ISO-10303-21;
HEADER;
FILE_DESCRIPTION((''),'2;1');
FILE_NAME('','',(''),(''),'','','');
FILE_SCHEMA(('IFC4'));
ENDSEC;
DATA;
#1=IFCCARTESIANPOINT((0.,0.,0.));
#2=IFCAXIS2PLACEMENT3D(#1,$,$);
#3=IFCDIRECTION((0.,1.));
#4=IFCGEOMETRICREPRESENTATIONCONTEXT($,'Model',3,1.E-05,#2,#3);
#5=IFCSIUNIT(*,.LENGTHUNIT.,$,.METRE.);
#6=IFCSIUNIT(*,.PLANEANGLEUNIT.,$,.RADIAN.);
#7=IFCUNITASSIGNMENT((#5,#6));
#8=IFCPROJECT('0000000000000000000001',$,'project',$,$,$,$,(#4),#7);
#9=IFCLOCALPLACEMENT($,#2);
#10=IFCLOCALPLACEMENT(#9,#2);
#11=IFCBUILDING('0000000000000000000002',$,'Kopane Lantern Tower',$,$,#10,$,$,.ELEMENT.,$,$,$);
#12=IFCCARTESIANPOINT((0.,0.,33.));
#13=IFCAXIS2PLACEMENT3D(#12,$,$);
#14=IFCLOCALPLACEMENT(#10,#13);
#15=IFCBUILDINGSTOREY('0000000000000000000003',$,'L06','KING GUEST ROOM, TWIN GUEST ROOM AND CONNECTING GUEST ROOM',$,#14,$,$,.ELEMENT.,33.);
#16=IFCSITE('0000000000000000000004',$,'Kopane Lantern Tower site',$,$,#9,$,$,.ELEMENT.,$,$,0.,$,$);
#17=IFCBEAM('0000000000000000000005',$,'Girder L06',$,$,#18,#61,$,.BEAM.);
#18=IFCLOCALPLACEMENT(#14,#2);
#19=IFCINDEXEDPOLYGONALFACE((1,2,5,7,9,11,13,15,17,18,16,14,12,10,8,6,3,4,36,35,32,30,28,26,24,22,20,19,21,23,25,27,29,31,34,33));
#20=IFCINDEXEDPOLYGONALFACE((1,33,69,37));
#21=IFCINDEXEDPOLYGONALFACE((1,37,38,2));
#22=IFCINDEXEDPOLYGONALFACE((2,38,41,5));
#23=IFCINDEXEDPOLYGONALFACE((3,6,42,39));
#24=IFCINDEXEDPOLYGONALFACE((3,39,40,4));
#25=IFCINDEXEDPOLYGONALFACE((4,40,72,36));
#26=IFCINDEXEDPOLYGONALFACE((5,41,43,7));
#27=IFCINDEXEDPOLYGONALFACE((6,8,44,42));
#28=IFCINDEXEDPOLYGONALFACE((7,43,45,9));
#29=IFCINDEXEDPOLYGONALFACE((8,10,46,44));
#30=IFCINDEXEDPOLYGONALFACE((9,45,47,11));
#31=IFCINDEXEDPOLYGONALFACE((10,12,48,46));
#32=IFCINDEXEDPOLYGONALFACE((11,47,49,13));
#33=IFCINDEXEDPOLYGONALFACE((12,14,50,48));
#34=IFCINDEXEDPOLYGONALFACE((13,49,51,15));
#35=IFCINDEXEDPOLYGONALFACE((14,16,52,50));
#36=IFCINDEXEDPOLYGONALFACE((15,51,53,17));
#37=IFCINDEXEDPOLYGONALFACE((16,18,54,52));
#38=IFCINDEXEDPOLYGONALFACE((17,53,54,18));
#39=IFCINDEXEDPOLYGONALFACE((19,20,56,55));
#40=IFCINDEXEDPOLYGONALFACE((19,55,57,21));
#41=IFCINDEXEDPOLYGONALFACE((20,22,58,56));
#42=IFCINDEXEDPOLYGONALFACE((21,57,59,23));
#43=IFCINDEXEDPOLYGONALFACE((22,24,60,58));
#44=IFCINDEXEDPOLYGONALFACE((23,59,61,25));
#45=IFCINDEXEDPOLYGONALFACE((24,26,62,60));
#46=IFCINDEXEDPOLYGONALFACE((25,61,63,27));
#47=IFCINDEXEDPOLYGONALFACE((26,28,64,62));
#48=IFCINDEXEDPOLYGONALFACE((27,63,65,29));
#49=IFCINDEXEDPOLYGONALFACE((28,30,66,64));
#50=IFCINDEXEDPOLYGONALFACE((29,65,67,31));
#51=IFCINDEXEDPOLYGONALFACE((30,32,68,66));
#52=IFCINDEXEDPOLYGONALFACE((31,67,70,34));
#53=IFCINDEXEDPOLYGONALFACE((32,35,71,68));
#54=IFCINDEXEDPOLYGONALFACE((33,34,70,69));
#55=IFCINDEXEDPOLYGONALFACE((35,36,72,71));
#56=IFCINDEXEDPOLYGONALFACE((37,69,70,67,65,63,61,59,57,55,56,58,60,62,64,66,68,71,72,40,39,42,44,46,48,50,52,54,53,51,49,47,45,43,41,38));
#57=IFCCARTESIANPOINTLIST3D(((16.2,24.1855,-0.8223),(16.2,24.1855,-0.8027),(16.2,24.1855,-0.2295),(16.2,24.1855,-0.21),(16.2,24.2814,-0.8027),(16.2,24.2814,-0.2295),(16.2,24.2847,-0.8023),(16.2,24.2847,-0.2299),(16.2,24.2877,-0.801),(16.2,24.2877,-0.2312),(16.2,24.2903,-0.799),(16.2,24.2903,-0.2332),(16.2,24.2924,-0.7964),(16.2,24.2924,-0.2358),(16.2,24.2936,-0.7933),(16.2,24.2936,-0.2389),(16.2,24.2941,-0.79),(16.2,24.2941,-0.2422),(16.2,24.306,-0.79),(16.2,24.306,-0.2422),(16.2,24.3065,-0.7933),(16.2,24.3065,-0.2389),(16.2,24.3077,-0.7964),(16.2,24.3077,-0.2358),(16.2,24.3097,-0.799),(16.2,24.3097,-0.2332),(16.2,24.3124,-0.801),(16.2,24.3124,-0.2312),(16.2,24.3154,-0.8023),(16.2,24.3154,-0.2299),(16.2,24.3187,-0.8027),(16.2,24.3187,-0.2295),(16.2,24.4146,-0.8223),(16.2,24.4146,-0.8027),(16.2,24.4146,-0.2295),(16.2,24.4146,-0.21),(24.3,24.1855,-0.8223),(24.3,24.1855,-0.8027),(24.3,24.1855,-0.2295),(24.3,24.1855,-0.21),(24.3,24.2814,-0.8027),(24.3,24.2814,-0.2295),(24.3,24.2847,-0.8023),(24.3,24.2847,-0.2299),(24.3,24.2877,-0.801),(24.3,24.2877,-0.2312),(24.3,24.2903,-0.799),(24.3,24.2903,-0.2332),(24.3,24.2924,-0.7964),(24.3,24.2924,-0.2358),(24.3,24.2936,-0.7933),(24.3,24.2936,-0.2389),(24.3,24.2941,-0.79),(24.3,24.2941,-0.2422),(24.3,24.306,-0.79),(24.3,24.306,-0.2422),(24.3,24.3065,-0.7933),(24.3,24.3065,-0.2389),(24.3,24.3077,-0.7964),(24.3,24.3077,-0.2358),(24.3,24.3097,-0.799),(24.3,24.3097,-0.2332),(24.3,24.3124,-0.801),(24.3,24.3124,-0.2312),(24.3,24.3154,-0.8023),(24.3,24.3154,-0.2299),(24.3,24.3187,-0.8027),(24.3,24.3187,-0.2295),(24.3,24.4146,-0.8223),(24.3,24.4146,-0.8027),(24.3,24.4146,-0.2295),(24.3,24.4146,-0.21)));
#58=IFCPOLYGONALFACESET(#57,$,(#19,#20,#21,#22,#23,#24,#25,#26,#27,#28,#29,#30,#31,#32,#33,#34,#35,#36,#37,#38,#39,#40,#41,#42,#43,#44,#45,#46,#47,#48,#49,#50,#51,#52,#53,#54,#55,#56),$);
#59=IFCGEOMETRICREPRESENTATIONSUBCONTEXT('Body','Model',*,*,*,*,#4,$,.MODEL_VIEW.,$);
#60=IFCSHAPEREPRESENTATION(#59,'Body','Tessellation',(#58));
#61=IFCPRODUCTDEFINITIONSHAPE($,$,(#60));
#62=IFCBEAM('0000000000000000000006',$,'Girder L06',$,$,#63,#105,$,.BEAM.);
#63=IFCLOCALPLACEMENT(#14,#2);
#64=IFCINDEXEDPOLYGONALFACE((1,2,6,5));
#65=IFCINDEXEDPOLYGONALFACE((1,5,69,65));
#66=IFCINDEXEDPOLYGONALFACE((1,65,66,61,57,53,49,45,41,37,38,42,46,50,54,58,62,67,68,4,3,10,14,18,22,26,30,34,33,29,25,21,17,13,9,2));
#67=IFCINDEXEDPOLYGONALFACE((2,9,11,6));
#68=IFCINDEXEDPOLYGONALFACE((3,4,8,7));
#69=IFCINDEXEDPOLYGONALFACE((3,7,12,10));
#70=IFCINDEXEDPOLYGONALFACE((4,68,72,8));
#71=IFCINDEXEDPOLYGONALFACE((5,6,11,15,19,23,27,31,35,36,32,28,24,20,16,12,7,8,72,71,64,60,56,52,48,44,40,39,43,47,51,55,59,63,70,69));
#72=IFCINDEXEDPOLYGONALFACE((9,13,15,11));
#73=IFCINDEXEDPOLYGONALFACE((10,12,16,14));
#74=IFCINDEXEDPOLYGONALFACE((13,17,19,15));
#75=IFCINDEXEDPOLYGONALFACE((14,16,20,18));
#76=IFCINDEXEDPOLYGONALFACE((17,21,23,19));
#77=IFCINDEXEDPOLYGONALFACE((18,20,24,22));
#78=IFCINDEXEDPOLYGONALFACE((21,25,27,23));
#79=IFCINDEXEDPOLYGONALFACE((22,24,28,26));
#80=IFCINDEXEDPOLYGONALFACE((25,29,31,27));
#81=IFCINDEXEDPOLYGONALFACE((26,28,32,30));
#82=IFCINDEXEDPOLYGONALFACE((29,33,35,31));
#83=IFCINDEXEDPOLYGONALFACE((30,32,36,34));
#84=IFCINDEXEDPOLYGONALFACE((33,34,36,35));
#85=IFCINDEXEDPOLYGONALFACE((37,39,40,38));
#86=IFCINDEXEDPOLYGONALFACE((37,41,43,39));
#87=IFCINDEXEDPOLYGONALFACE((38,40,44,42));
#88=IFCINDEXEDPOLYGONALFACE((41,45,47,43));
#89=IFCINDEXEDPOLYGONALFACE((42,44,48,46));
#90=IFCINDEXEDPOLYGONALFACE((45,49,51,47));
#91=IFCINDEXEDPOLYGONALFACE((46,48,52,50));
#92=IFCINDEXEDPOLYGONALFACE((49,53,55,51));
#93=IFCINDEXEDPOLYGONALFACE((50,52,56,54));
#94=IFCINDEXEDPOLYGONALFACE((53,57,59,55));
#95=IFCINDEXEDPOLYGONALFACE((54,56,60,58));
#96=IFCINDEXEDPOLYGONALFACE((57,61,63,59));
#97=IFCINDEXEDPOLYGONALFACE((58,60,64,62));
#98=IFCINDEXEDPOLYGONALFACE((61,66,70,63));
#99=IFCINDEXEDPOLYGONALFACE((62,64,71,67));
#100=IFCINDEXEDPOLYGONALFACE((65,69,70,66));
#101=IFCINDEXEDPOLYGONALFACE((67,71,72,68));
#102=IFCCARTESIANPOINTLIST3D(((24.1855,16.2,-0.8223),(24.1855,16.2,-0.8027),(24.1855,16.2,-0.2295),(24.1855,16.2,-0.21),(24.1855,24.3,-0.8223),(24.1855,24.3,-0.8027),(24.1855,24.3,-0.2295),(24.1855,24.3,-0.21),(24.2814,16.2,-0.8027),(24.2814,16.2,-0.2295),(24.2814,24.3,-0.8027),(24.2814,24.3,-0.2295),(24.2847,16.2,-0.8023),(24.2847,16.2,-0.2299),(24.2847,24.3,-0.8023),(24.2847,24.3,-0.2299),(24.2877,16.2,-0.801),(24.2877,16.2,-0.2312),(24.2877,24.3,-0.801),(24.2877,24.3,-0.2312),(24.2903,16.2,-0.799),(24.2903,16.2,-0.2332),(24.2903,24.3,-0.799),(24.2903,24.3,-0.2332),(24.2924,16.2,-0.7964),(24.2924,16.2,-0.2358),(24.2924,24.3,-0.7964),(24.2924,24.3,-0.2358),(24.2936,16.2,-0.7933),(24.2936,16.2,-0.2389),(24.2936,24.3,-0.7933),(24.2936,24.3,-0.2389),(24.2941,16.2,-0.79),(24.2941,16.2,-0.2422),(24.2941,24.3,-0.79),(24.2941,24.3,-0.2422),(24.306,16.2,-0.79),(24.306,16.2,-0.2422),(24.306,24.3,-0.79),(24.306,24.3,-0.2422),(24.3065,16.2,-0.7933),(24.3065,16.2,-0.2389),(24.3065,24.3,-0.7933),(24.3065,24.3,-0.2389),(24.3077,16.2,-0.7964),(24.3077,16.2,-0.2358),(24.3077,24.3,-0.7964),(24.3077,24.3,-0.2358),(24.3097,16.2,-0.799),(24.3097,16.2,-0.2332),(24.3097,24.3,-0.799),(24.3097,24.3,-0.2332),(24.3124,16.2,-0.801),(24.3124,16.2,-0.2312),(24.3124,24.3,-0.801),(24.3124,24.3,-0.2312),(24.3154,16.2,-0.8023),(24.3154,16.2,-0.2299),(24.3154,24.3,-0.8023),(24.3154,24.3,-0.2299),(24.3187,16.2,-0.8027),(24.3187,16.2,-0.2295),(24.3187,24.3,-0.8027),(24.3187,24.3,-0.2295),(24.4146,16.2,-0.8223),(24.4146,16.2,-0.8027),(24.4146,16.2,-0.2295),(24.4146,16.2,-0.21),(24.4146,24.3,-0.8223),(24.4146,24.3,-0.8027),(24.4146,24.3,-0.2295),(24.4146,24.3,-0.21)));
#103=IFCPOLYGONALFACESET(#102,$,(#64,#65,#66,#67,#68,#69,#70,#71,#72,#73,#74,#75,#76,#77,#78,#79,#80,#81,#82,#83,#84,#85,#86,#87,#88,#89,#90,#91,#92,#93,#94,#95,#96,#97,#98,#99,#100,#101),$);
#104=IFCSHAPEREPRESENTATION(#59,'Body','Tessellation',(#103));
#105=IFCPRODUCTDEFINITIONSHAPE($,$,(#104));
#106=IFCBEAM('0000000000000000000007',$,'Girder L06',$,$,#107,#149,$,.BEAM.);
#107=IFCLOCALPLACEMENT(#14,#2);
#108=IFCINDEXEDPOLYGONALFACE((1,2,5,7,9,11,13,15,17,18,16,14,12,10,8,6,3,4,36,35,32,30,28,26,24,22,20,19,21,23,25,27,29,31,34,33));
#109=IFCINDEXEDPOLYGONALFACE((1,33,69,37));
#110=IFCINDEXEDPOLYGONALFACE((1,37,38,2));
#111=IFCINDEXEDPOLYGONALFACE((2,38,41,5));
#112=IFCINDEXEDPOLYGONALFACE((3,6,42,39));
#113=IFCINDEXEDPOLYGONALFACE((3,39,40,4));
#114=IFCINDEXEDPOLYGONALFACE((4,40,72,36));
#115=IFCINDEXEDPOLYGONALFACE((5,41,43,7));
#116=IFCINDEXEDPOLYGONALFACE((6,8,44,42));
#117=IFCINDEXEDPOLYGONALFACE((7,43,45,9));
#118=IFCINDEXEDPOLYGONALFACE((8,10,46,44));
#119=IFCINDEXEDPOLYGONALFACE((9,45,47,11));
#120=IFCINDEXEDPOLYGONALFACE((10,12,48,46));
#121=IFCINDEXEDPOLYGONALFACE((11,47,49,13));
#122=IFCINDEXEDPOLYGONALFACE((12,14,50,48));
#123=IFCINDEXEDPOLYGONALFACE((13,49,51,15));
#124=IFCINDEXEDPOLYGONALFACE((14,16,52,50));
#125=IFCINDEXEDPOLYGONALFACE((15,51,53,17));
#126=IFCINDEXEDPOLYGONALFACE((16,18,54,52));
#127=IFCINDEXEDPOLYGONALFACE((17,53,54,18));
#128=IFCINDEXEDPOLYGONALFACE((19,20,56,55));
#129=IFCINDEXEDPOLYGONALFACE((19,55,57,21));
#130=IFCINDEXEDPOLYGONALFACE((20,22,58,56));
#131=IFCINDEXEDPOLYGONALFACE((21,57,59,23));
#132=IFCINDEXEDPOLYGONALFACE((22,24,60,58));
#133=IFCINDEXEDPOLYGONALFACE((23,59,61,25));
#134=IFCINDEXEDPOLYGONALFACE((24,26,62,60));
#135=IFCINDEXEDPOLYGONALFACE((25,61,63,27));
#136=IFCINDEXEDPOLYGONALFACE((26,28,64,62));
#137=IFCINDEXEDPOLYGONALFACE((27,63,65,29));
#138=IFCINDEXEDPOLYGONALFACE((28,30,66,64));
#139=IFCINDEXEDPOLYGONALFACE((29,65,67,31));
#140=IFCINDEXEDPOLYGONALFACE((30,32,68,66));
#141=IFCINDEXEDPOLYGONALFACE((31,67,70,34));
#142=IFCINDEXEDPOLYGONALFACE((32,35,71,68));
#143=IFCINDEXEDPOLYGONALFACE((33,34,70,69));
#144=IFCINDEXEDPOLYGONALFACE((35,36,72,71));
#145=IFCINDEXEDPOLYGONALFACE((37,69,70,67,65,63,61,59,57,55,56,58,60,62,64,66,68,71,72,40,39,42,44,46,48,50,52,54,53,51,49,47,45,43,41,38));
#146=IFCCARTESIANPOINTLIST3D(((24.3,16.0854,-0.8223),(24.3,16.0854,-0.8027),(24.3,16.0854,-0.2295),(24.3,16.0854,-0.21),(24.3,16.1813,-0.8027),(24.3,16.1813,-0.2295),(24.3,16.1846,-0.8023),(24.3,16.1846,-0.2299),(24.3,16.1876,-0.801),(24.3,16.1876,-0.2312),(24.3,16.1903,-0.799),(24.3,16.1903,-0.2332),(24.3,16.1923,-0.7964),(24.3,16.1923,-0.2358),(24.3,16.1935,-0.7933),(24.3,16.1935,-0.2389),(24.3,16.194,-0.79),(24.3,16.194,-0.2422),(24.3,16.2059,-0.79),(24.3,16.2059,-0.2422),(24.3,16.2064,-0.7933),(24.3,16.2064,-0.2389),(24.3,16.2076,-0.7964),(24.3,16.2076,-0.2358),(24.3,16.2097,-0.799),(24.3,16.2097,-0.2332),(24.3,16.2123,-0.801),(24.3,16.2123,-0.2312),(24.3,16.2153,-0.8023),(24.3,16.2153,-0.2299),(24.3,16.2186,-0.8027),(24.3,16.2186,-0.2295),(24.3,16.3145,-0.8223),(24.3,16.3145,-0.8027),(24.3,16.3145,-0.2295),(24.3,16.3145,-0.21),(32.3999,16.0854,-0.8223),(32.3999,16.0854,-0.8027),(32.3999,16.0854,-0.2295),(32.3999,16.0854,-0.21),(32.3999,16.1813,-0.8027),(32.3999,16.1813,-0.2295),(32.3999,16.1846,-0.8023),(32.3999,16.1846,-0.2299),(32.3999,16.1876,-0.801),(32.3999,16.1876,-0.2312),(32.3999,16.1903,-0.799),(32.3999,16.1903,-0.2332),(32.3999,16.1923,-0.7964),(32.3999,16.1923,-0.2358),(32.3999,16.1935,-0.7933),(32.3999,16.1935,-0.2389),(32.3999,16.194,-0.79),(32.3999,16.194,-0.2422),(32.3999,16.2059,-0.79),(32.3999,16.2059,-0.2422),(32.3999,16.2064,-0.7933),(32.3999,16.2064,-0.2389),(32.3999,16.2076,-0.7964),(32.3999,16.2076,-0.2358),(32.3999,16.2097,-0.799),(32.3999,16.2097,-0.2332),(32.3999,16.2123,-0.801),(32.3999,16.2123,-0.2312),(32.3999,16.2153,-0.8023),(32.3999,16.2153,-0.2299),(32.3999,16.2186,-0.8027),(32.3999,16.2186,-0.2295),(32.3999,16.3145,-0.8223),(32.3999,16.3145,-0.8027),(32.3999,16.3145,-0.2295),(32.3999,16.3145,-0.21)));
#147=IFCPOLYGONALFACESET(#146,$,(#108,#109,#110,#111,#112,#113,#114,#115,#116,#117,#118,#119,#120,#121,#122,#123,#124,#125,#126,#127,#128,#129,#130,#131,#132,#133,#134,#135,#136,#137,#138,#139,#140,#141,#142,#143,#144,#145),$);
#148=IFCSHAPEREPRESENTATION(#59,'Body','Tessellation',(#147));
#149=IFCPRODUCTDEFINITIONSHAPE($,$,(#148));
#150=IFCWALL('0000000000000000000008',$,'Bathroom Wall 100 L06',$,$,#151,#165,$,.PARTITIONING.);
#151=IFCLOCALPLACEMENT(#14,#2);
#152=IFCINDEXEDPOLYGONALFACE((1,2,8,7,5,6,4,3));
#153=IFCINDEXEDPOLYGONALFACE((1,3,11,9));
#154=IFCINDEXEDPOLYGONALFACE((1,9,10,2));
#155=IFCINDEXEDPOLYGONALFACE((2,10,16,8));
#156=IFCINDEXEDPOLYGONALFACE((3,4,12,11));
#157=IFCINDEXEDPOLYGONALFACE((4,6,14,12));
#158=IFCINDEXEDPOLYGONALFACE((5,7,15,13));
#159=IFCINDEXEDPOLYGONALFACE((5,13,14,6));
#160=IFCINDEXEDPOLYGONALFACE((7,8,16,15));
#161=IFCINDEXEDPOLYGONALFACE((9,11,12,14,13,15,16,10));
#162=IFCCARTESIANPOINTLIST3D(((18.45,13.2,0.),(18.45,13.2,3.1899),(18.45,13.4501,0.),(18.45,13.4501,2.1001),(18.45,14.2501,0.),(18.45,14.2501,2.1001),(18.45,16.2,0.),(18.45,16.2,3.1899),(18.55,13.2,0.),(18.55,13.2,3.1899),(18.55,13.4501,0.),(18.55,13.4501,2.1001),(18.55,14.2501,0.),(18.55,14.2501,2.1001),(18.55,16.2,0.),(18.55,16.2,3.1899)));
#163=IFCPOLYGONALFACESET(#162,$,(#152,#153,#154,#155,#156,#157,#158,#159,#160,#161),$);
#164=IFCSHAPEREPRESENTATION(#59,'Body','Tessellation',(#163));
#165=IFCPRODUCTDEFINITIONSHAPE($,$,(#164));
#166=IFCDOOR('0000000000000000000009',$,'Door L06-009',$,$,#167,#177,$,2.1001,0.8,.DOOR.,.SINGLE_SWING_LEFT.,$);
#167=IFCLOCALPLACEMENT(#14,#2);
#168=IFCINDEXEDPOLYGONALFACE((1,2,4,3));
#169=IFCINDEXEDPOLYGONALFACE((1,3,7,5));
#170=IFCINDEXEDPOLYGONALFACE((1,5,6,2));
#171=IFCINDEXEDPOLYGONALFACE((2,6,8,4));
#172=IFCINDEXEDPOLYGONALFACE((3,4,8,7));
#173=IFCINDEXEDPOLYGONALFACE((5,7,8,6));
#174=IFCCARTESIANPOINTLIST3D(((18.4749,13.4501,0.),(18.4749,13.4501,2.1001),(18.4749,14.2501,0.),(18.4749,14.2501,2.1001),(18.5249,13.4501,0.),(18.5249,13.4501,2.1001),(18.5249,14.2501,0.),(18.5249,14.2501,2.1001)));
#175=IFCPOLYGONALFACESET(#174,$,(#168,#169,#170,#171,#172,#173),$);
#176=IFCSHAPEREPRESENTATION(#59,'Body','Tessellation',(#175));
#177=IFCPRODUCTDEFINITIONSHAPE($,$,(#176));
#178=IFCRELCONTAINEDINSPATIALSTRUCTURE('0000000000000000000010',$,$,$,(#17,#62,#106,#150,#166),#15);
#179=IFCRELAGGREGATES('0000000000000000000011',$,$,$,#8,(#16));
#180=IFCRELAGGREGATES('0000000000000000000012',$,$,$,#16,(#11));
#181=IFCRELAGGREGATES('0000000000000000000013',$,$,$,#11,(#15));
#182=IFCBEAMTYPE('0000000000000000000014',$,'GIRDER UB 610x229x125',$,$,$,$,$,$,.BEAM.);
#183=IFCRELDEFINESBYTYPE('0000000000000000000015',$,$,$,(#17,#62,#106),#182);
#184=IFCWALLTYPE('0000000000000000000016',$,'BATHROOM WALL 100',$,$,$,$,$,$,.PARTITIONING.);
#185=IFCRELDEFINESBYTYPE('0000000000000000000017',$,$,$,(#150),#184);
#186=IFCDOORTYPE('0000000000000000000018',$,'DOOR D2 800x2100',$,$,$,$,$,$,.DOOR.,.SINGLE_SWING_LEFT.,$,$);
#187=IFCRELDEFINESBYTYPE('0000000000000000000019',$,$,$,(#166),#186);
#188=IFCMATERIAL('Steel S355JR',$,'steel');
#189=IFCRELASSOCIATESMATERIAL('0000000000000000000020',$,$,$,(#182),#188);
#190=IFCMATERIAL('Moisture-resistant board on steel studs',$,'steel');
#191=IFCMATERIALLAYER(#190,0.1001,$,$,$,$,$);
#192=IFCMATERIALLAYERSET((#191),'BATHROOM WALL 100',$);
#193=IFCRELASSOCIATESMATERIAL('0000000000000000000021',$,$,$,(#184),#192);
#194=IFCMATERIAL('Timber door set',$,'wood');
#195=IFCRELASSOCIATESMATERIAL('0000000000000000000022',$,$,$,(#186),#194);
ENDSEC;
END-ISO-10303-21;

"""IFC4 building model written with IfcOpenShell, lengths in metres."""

from ifc_helpers import new_model, si_unit, direction, frame, frame_2d, origin, origin_2d, place, context, subcontext, project, spatial, rectangle, i_section, extrude, material, layer, layer_set, material_profile, profile_set, type_object, element, fill, save


model = new_model("IFC4")

# Units and contexts
model_context = context("Model", 3, precision=1e-05, world=origin(), true_north=direction((0.0, 1.0)))
body_context = subcontext(model_context, "Body", "Model", "MODEL_VIEW")
ifc_project = project(units=[si_unit("LENGTHUNIT", "METRE"), si_unit("PLANEANGLEUNIT", "RADIAN")], contexts=[model_context])

# Site, building, storey
site_placement = place(None, origin())
site = spatial("IfcSite", under=ifc_project, at=site_placement, Name="Kopane Lantern Tower site", CompositionType="ELEMENT", RefElevation=0.0)
building_placement = place(site_placement, origin())
building = spatial("IfcBuilding", under=site, at=building_placement, Name="Kopane Lantern Tower", CompositionType="ELEMENT")
storey_placement = place(building_placement, frame((0.0, 0.0, 33.0)))
storey = spatial("IfcBuildingStorey", under=building, at=storey_placement, Name="L06", Description="KING GUEST ROOM, TWIN GUEST ROOM AND CONNECTING GUEST ROOM", CompositionType="ELEMENT", Elevation=33.0)

# Beams
ifc_material_1 = material(Name="Steel S355JR", Category="steel")
ifc_material_profile_1 = material_profile(ifc_material_1, i_section(OverallWidth=0.229, OverallDepth=0.6123, WebThickness=0.012, FlangeThickness=0.0195, FilletRadius=0.0127, at=origin_2d()), Name="UB 610x229x125")
ifc_profile_set_1 = profile_set([ifc_material_profile_1], Name="Steel S355JR")
beam_type_1 = type_object("IfcBeamType", Name="GIRDER UB 610x229x125", PredefinedType="BEAM", material=ifc_profile_set_1)
for number, where, z_axis, x_axis, name in (
    (1, (16.2, 24.3, -0.5161), (1.0, 0.0, 0.0), (0.0, 1.0, 0.0), "Girder L06"),
    (2, (24.3, 16.2, -0.5161), (0.0, 1.0, 0.0), (-1.0, 0.0, 0.0), "Girder L06"),
):
    element("IfcBeam", number, at=place(storey_placement, frame(where, z_axis=z_axis, x_axis=x_axis)), inside=storey, type_object=beam_type_1, Name=name, PredefinedType="BEAM", context=body_context, shape_type="SweptSolid", body=[
        extrude(i_section(OverallWidth=0.229, OverallDepth=0.6123, WebThickness=0.012, FlangeThickness=0.0195, FilletRadius=0.0127, at=origin_2d()), origin(), (0.0, 0.0, 1.0), 8.1001),
    ])
beam_1_placement = place(storey_placement, frame((24.3, 16.2, -0.5161), z_axis=(1.0, 0.0, 0.0), x_axis=(0.0, 1.0, 0.0)))
element("IfcBeam", 3, at=beam_1_placement, inside=storey, type_object=beam_type_1, Name="Girder L06", PredefinedType="BEAM", context=body_context, shape_type="SweptSolid", body=[
    extrude(i_section(OverallWidth=0.229, OverallDepth=0.6123, WebThickness=0.012, FlangeThickness=0.0195, FilletRadius=0.0127, at=origin_2d()), origin(), (0.0, 0.0, 1.0), 8.0999),
])

# Wall, opening, door
ifc_material_2 = material(Name="Moisture-resistant board on steel studs", Category="steel")
ifc_layer_1 = layer(ifc_material_2, 0.1001)
ifc_layer_set_1 = layer_set([ifc_layer_1], Name="BATHROOM WALL 100")
wall_type_1 = type_object("IfcWallType", Name="BATHROOM WALL 100", PredefinedType="PARTITIONING", material=ifc_layer_set_1)
wall_1_placement = place(storey_placement, frame((18.5, 16.2, 0.0), z_axis=(0.0, 0.0, 1.0), x_axis=(0.0, -1.0, 0.0)))
wall_1 = element("IfcWall", 4, at=wall_1_placement, inside=storey, type_object=wall_type_1, Name="Bathroom Wall 100 L06", PredefinedType="PARTITIONING", context=body_context, shape_type="SweptSolid", body=[
    extrude(rectangle(XDim=3.0, YDim=0.1001, at=frame_2d((1.5, 0.0))), origin(), (0.0, 0.0, 1.0), 3.1899),
])
opening_1_placement = place(wall_1_placement, frame((1.95, 0.0, 0.0)))
opening_1 = element("IfcOpeningElement", 5, at=opening_1_placement, cuts=wall_1, PredefinedType="OPENING", context=body_context, shape_type="SweptSolid", body=[
    extrude(rectangle(XDim=0.8, YDim=2.1001, at=frame_2d((0.3999, 1.05))), frame((0.0, 0.0601, 0.0), z_axis=(0.0, -1.0, 0.0), x_axis=(1.0, 0.0, 0.0)), (0.0, 0.0, 1.0), 0.1201),
])
ifc_material_3 = material(Name="Timber door set", Category="wood")
door_type_1 = type_object("IfcDoorType", Name="DOOR D2 800x2100", OperationType="SINGLE_SWING_LEFT", PredefinedType="DOOR", material=ifc_material_3)
door_1_placement = place(opening_1_placement, origin())
door_1 = element("IfcDoor", 6, at=door_1_placement, inside=storey, type_object=door_type_1, Name="Door L06-009", OperationType="SINGLE_SWING_LEFT", OverallHeight=2.1001, OverallWidth=0.8, PredefinedType="DOOR", context=body_context, shape_type="SweptSolid", body=[
    extrude(rectangle(XDim=0.8, YDim=2.1001, at=frame_2d((0.3999, 1.05))), frame((0.0, 0.0249, 0.0), z_axis=(0.0, -1.0, 0.0), x_axis=(1.0, 0.0, 0.0)), (0.0, 0.0, 1.0), 0.05),
])
fill(opening_1, door_1)

save(model, "model.ifc")
